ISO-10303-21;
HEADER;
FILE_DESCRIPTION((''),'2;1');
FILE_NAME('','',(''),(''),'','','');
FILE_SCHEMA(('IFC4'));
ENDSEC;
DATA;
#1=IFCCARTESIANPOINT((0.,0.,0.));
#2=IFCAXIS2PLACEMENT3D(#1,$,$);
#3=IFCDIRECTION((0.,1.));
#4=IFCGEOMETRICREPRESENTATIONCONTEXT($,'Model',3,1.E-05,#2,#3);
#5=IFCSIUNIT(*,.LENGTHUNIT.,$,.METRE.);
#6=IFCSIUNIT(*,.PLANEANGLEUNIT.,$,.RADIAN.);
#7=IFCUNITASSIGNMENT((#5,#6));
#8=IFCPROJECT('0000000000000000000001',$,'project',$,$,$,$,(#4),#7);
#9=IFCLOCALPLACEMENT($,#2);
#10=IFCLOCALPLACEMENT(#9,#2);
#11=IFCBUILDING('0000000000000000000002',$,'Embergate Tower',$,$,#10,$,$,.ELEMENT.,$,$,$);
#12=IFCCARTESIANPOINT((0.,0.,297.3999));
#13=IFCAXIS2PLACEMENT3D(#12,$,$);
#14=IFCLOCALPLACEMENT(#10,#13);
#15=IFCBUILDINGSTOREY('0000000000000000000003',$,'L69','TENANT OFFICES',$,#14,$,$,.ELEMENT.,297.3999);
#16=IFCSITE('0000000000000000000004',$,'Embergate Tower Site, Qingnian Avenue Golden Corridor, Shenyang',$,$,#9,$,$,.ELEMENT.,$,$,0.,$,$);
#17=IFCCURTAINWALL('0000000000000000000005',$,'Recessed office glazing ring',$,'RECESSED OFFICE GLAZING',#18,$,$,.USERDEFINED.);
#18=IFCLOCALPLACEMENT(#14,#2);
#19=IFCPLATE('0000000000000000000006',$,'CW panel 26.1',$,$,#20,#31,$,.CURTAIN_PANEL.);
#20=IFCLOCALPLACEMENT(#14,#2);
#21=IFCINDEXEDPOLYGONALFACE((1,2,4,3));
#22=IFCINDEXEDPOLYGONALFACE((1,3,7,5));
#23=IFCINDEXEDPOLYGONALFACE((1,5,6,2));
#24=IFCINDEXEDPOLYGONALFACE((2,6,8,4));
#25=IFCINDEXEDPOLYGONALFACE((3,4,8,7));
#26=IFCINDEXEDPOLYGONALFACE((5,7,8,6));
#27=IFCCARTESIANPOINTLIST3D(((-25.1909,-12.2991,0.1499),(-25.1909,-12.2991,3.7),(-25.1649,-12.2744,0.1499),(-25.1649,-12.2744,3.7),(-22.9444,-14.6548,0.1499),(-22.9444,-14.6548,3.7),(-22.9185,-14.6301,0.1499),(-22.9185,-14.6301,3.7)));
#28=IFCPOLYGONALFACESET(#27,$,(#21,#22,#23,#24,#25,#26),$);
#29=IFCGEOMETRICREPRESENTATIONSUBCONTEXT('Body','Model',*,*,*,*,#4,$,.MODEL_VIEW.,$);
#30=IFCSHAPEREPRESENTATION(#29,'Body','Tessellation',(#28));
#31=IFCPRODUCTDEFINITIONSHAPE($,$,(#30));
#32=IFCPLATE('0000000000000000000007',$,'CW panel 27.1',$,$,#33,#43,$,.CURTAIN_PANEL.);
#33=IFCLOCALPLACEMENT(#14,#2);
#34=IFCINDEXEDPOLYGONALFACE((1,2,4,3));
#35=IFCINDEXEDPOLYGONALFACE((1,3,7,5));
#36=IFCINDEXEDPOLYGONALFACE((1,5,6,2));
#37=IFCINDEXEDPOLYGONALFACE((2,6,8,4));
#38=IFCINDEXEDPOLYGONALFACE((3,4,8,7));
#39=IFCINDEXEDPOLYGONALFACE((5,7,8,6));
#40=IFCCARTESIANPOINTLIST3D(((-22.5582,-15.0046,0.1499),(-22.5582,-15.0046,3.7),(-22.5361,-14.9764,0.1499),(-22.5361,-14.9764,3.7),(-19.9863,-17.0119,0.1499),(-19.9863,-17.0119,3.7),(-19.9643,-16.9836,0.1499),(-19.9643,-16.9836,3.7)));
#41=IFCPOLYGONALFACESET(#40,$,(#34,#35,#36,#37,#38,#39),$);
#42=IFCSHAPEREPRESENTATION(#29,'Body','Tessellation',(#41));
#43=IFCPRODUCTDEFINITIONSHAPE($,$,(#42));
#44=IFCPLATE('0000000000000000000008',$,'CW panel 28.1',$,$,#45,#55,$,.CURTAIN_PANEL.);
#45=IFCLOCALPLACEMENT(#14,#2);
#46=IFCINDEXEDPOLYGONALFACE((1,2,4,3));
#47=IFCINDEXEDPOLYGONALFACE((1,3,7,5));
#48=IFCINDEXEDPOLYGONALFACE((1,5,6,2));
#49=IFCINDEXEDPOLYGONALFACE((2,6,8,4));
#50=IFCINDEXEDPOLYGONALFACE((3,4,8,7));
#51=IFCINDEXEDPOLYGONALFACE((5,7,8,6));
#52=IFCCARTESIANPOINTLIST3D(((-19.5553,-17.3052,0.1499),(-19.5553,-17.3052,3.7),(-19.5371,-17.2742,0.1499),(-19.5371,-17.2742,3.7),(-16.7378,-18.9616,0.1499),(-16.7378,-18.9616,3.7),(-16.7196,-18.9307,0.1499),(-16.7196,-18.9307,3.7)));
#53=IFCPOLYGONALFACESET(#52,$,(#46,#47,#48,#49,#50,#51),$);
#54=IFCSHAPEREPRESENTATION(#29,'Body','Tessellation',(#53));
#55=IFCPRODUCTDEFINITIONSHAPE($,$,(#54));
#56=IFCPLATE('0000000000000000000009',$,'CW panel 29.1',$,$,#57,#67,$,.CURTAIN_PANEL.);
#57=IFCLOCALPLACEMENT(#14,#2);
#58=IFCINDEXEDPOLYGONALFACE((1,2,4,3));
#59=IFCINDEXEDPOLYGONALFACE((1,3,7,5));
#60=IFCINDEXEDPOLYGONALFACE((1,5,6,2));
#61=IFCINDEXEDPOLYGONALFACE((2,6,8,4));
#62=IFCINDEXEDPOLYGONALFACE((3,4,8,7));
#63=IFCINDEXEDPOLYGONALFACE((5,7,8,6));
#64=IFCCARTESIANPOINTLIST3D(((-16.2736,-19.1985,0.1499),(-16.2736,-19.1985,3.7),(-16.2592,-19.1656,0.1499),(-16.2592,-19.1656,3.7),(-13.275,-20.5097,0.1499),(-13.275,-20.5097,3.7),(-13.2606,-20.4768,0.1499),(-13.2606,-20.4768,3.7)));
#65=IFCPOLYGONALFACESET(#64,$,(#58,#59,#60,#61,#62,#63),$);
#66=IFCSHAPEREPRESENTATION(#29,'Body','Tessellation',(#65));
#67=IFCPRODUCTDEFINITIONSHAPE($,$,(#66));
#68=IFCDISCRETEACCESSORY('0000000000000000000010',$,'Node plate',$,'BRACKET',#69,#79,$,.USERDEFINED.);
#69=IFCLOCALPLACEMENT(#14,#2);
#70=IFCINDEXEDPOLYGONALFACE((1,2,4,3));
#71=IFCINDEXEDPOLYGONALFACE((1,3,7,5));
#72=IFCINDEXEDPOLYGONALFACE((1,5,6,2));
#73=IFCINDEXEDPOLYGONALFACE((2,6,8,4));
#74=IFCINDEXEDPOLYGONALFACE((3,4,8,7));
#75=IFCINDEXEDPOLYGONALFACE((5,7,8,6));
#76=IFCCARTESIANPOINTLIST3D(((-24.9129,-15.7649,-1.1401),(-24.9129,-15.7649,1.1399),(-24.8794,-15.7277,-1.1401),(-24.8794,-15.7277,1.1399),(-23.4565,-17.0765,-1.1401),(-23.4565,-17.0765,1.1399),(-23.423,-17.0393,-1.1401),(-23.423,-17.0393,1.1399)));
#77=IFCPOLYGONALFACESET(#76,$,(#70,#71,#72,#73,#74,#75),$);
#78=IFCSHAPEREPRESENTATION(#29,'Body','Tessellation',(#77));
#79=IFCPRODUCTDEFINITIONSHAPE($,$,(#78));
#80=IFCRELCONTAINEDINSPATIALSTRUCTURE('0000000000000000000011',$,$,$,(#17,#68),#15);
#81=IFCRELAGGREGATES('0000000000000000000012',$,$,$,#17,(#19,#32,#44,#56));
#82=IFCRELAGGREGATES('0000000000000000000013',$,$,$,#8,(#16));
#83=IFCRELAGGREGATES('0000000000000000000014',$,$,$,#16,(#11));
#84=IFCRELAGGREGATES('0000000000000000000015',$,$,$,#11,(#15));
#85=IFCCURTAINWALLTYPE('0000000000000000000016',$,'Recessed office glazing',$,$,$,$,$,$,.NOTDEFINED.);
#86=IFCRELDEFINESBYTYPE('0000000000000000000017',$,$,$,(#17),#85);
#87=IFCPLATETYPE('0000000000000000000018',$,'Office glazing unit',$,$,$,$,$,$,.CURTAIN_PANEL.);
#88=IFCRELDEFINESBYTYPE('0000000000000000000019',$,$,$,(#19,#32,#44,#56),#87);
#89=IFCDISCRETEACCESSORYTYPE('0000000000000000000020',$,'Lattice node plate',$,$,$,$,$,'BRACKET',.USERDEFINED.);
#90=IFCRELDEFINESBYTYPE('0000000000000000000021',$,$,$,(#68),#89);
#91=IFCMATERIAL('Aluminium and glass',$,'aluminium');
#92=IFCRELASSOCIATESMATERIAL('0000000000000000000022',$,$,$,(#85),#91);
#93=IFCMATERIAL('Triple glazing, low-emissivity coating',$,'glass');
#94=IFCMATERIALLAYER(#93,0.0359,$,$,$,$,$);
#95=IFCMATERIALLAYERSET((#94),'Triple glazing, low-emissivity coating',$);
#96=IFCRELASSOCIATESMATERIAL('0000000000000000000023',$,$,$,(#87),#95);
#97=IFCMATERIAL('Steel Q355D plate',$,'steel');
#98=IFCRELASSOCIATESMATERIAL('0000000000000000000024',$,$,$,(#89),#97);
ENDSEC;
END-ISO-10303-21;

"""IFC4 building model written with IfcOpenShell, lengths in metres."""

from ifc_helpers import new_model, si_unit, direction, frame, origin, origin_2d, place, context, subcontext, project, spatial, rectangle, extrude, source, transform, mapped, material, layer, layer_set, type_object, element, aggregate, save


model = new_model("IFC4")

# Units and contexts
model_context = context("Model", 3, precision=1e-05, world=origin(), true_north=direction((0.0, 1.0)))
body_context = subcontext(model_context, "Body", "Model", "MODEL_VIEW")
ifc_project = project(units=[si_unit("LENGTHUNIT", "METRE"), si_unit("PLANEANGLEUNIT", "RADIAN")], contexts=[model_context])

# Site, building, storey
site_placement = place(None, origin())
site = spatial("IfcSite", under=ifc_project, at=site_placement, Name="Embergate Tower Site, Qingnian Avenue Golden Corridor, Shenyang", CompositionType="ELEMENT", RefElevation=0.0)
building_placement = place(site_placement, origin())
building = spatial("IfcBuilding", under=site, at=building_placement, Name="Embergate Tower", CompositionType="ELEMENT")
storey_placement = place(building_placement, frame((0.0, 0.0, 297.3999)))
storey = spatial("IfcBuildingStorey", under=building, at=storey_placement, Name="L69", Description="TENANT OFFICES", CompositionType="ELEMENT", Elevation=297.3999)

# Curtain wall, plates
ifc_material_1 = material(Name="Aluminium and glass", Category="aluminium")
curtain_wall_type = type_object("IfcCurtainWallType", Name="Recessed office glazing", PredefinedType="NOTDEFINED", material=ifc_material_1)
curtain_wall_placement = place(storey_placement, origin())
curtain_wall = element("IfcCurtainWall", 1, at=curtain_wall_placement, inside=storey, type_object=curtain_wall_type, Name="Recessed office glazing ring", ObjectType="RECESSED OFFICE GLAZING", PredefinedType="USERDEFINED")
ifc_material_2 = material(Name="Triple glazing, low-emissivity coating", Category="glass")
ifc_layer = layer(ifc_material_2, 0.0359)
ifc_layer_set = layer_set([ifc_layer], Name="Triple glazing, low-emissivity coating")
plate_type = type_object("IfcPlateType", Name="Office glazing unit", PredefinedType="CURTAIN_PANEL", material=ifc_layer_set)
shared_shape_1 = source(origin(), body_context, "Body", "SweptSolid", [
    extrude(rectangle(XDim=3.2551, YDim=0.0359, at=origin_2d()), origin(), (0.0, 0.0, 1.0), 3.55),
])
plate_1_placement = place(storey_placement, frame((-24.0547, -13.4646, 0.1499), z_axis=(0.0, 0.0, 1.0), x_axis=(0.690134, -0.723682, 0.0)))
plate_1 = element("IfcPlate", 2, at=plate_1_placement, type_object=plate_type, Name="CW panel 26.1", PredefinedType="CURTAIN_PANEL", context=body_context, shape_type="MappedRepresentation", body=[
    mapped(shared_shape_1, transform((0.0, 0.0, 0.0))),
])
shared_shape_2 = source(origin(), body_context, "Body", "SweptSolid", [
    extrude(rectangle(XDim=3.2625, YDim=0.0359, at=origin_2d()), origin(), (0.0, 0.0, 1.0), 3.55),
])
plate_2_placement = place(storey_placement, frame((-21.2612, -15.9941, 0.1499), z_axis=(0.0, 0.0, 1.0), x_axis=(0.788318, -0.615268, 0.0)))
plate_2 = element("IfcPlate", 3, at=plate_2_placement, type_object=plate_type, Name="CW panel 27.1", PredefinedType="CURTAIN_PANEL", context=body_context, shape_type="MappedRepresentation", body=[
    mapped(shared_shape_2, transform((0.0, 0.0, 0.0))),
])
shared_shape_3 = source(origin(), body_context, "Body", "SweptSolid", [
    extrude(rectangle(XDim=3.2683, YDim=0.0359, at=origin_2d()), origin(), (0.0, 0.0, 1.0), 3.55),
])
plate_3_placement = place(storey_placement, frame((-18.1375, -18.1179, 0.1499), z_axis=(0.0, 0.0, 1.0), x_axis=(0.862051, -0.506821, 0.0)))
plate_3 = element("IfcPlate", 4, at=plate_3_placement, type_object=plate_type, Name="CW panel 28.1", PredefinedType="CURTAIN_PANEL", context=body_context, shape_type="MappedRepresentation", body=[
    mapped(shared_shape_3, transform((0.0, 0.0, 0.0))),
])
shared_shape_4 = source(origin(), body_context, "Body", "SweptSolid", [
    extrude(rectangle(XDim=3.2727, YDim=0.0359, at=origin_2d()), origin(), (0.0, 0.0, 1.0), 3.55),
])
plate_4_placement = place(storey_placement, frame((-14.7671, -19.8376, 0.1499), z_axis=(0.0, 0.0, 1.0), x_axis=(0.916235, -0.400642, 0.0)))
plate_4 = element("IfcPlate", 5, at=plate_4_placement, type_object=plate_type, Name="CW panel 29.1", PredefinedType="CURTAIN_PANEL", context=body_context, shape_type="MappedRepresentation", body=[
    mapped(shared_shape_4, transform((0.0, 0.0, 0.0))),
])
aggregate(curtain_wall, [plate_1, plate_2, plate_3, plate_4])

# Discrete accessory
ifc_material_3 = material(Name="Steel Q355D plate", Category="steel")
discrete_accessory_type = type_object("IfcDiscreteAccessoryType", Name="Lattice node plate", ElementType="BRACKET", PredefinedType="USERDEFINED", material=ifc_material_3)
shared_shape_5 = source(origin(), body_context, "Body", "SweptSolid", [
    extrude(rectangle(XDim=1.96, YDim=0.05, at=origin_2d()), origin(), (0.0, 0.0, 1.0), 2.28),
])
discrete_accessory_placement = place(storey_placement, frame((-24.168, -16.4021, -1.1401), z_axis=(0.0, 0.0, 1.0), x_axis=(0.743063, -0.669221, 0.0)))
element("IfcDiscreteAccessory", 6, at=discrete_accessory_placement, inside=storey, type_object=discrete_accessory_type, Name="Node plate", ObjectType="BRACKET", PredefinedType="USERDEFINED", context=body_context, shape_type="MappedRepresentation", body=[
    mapped(shared_shape_5, transform((0.0, 0.0, 0.0))),
])

save(model, "model.ifc")
